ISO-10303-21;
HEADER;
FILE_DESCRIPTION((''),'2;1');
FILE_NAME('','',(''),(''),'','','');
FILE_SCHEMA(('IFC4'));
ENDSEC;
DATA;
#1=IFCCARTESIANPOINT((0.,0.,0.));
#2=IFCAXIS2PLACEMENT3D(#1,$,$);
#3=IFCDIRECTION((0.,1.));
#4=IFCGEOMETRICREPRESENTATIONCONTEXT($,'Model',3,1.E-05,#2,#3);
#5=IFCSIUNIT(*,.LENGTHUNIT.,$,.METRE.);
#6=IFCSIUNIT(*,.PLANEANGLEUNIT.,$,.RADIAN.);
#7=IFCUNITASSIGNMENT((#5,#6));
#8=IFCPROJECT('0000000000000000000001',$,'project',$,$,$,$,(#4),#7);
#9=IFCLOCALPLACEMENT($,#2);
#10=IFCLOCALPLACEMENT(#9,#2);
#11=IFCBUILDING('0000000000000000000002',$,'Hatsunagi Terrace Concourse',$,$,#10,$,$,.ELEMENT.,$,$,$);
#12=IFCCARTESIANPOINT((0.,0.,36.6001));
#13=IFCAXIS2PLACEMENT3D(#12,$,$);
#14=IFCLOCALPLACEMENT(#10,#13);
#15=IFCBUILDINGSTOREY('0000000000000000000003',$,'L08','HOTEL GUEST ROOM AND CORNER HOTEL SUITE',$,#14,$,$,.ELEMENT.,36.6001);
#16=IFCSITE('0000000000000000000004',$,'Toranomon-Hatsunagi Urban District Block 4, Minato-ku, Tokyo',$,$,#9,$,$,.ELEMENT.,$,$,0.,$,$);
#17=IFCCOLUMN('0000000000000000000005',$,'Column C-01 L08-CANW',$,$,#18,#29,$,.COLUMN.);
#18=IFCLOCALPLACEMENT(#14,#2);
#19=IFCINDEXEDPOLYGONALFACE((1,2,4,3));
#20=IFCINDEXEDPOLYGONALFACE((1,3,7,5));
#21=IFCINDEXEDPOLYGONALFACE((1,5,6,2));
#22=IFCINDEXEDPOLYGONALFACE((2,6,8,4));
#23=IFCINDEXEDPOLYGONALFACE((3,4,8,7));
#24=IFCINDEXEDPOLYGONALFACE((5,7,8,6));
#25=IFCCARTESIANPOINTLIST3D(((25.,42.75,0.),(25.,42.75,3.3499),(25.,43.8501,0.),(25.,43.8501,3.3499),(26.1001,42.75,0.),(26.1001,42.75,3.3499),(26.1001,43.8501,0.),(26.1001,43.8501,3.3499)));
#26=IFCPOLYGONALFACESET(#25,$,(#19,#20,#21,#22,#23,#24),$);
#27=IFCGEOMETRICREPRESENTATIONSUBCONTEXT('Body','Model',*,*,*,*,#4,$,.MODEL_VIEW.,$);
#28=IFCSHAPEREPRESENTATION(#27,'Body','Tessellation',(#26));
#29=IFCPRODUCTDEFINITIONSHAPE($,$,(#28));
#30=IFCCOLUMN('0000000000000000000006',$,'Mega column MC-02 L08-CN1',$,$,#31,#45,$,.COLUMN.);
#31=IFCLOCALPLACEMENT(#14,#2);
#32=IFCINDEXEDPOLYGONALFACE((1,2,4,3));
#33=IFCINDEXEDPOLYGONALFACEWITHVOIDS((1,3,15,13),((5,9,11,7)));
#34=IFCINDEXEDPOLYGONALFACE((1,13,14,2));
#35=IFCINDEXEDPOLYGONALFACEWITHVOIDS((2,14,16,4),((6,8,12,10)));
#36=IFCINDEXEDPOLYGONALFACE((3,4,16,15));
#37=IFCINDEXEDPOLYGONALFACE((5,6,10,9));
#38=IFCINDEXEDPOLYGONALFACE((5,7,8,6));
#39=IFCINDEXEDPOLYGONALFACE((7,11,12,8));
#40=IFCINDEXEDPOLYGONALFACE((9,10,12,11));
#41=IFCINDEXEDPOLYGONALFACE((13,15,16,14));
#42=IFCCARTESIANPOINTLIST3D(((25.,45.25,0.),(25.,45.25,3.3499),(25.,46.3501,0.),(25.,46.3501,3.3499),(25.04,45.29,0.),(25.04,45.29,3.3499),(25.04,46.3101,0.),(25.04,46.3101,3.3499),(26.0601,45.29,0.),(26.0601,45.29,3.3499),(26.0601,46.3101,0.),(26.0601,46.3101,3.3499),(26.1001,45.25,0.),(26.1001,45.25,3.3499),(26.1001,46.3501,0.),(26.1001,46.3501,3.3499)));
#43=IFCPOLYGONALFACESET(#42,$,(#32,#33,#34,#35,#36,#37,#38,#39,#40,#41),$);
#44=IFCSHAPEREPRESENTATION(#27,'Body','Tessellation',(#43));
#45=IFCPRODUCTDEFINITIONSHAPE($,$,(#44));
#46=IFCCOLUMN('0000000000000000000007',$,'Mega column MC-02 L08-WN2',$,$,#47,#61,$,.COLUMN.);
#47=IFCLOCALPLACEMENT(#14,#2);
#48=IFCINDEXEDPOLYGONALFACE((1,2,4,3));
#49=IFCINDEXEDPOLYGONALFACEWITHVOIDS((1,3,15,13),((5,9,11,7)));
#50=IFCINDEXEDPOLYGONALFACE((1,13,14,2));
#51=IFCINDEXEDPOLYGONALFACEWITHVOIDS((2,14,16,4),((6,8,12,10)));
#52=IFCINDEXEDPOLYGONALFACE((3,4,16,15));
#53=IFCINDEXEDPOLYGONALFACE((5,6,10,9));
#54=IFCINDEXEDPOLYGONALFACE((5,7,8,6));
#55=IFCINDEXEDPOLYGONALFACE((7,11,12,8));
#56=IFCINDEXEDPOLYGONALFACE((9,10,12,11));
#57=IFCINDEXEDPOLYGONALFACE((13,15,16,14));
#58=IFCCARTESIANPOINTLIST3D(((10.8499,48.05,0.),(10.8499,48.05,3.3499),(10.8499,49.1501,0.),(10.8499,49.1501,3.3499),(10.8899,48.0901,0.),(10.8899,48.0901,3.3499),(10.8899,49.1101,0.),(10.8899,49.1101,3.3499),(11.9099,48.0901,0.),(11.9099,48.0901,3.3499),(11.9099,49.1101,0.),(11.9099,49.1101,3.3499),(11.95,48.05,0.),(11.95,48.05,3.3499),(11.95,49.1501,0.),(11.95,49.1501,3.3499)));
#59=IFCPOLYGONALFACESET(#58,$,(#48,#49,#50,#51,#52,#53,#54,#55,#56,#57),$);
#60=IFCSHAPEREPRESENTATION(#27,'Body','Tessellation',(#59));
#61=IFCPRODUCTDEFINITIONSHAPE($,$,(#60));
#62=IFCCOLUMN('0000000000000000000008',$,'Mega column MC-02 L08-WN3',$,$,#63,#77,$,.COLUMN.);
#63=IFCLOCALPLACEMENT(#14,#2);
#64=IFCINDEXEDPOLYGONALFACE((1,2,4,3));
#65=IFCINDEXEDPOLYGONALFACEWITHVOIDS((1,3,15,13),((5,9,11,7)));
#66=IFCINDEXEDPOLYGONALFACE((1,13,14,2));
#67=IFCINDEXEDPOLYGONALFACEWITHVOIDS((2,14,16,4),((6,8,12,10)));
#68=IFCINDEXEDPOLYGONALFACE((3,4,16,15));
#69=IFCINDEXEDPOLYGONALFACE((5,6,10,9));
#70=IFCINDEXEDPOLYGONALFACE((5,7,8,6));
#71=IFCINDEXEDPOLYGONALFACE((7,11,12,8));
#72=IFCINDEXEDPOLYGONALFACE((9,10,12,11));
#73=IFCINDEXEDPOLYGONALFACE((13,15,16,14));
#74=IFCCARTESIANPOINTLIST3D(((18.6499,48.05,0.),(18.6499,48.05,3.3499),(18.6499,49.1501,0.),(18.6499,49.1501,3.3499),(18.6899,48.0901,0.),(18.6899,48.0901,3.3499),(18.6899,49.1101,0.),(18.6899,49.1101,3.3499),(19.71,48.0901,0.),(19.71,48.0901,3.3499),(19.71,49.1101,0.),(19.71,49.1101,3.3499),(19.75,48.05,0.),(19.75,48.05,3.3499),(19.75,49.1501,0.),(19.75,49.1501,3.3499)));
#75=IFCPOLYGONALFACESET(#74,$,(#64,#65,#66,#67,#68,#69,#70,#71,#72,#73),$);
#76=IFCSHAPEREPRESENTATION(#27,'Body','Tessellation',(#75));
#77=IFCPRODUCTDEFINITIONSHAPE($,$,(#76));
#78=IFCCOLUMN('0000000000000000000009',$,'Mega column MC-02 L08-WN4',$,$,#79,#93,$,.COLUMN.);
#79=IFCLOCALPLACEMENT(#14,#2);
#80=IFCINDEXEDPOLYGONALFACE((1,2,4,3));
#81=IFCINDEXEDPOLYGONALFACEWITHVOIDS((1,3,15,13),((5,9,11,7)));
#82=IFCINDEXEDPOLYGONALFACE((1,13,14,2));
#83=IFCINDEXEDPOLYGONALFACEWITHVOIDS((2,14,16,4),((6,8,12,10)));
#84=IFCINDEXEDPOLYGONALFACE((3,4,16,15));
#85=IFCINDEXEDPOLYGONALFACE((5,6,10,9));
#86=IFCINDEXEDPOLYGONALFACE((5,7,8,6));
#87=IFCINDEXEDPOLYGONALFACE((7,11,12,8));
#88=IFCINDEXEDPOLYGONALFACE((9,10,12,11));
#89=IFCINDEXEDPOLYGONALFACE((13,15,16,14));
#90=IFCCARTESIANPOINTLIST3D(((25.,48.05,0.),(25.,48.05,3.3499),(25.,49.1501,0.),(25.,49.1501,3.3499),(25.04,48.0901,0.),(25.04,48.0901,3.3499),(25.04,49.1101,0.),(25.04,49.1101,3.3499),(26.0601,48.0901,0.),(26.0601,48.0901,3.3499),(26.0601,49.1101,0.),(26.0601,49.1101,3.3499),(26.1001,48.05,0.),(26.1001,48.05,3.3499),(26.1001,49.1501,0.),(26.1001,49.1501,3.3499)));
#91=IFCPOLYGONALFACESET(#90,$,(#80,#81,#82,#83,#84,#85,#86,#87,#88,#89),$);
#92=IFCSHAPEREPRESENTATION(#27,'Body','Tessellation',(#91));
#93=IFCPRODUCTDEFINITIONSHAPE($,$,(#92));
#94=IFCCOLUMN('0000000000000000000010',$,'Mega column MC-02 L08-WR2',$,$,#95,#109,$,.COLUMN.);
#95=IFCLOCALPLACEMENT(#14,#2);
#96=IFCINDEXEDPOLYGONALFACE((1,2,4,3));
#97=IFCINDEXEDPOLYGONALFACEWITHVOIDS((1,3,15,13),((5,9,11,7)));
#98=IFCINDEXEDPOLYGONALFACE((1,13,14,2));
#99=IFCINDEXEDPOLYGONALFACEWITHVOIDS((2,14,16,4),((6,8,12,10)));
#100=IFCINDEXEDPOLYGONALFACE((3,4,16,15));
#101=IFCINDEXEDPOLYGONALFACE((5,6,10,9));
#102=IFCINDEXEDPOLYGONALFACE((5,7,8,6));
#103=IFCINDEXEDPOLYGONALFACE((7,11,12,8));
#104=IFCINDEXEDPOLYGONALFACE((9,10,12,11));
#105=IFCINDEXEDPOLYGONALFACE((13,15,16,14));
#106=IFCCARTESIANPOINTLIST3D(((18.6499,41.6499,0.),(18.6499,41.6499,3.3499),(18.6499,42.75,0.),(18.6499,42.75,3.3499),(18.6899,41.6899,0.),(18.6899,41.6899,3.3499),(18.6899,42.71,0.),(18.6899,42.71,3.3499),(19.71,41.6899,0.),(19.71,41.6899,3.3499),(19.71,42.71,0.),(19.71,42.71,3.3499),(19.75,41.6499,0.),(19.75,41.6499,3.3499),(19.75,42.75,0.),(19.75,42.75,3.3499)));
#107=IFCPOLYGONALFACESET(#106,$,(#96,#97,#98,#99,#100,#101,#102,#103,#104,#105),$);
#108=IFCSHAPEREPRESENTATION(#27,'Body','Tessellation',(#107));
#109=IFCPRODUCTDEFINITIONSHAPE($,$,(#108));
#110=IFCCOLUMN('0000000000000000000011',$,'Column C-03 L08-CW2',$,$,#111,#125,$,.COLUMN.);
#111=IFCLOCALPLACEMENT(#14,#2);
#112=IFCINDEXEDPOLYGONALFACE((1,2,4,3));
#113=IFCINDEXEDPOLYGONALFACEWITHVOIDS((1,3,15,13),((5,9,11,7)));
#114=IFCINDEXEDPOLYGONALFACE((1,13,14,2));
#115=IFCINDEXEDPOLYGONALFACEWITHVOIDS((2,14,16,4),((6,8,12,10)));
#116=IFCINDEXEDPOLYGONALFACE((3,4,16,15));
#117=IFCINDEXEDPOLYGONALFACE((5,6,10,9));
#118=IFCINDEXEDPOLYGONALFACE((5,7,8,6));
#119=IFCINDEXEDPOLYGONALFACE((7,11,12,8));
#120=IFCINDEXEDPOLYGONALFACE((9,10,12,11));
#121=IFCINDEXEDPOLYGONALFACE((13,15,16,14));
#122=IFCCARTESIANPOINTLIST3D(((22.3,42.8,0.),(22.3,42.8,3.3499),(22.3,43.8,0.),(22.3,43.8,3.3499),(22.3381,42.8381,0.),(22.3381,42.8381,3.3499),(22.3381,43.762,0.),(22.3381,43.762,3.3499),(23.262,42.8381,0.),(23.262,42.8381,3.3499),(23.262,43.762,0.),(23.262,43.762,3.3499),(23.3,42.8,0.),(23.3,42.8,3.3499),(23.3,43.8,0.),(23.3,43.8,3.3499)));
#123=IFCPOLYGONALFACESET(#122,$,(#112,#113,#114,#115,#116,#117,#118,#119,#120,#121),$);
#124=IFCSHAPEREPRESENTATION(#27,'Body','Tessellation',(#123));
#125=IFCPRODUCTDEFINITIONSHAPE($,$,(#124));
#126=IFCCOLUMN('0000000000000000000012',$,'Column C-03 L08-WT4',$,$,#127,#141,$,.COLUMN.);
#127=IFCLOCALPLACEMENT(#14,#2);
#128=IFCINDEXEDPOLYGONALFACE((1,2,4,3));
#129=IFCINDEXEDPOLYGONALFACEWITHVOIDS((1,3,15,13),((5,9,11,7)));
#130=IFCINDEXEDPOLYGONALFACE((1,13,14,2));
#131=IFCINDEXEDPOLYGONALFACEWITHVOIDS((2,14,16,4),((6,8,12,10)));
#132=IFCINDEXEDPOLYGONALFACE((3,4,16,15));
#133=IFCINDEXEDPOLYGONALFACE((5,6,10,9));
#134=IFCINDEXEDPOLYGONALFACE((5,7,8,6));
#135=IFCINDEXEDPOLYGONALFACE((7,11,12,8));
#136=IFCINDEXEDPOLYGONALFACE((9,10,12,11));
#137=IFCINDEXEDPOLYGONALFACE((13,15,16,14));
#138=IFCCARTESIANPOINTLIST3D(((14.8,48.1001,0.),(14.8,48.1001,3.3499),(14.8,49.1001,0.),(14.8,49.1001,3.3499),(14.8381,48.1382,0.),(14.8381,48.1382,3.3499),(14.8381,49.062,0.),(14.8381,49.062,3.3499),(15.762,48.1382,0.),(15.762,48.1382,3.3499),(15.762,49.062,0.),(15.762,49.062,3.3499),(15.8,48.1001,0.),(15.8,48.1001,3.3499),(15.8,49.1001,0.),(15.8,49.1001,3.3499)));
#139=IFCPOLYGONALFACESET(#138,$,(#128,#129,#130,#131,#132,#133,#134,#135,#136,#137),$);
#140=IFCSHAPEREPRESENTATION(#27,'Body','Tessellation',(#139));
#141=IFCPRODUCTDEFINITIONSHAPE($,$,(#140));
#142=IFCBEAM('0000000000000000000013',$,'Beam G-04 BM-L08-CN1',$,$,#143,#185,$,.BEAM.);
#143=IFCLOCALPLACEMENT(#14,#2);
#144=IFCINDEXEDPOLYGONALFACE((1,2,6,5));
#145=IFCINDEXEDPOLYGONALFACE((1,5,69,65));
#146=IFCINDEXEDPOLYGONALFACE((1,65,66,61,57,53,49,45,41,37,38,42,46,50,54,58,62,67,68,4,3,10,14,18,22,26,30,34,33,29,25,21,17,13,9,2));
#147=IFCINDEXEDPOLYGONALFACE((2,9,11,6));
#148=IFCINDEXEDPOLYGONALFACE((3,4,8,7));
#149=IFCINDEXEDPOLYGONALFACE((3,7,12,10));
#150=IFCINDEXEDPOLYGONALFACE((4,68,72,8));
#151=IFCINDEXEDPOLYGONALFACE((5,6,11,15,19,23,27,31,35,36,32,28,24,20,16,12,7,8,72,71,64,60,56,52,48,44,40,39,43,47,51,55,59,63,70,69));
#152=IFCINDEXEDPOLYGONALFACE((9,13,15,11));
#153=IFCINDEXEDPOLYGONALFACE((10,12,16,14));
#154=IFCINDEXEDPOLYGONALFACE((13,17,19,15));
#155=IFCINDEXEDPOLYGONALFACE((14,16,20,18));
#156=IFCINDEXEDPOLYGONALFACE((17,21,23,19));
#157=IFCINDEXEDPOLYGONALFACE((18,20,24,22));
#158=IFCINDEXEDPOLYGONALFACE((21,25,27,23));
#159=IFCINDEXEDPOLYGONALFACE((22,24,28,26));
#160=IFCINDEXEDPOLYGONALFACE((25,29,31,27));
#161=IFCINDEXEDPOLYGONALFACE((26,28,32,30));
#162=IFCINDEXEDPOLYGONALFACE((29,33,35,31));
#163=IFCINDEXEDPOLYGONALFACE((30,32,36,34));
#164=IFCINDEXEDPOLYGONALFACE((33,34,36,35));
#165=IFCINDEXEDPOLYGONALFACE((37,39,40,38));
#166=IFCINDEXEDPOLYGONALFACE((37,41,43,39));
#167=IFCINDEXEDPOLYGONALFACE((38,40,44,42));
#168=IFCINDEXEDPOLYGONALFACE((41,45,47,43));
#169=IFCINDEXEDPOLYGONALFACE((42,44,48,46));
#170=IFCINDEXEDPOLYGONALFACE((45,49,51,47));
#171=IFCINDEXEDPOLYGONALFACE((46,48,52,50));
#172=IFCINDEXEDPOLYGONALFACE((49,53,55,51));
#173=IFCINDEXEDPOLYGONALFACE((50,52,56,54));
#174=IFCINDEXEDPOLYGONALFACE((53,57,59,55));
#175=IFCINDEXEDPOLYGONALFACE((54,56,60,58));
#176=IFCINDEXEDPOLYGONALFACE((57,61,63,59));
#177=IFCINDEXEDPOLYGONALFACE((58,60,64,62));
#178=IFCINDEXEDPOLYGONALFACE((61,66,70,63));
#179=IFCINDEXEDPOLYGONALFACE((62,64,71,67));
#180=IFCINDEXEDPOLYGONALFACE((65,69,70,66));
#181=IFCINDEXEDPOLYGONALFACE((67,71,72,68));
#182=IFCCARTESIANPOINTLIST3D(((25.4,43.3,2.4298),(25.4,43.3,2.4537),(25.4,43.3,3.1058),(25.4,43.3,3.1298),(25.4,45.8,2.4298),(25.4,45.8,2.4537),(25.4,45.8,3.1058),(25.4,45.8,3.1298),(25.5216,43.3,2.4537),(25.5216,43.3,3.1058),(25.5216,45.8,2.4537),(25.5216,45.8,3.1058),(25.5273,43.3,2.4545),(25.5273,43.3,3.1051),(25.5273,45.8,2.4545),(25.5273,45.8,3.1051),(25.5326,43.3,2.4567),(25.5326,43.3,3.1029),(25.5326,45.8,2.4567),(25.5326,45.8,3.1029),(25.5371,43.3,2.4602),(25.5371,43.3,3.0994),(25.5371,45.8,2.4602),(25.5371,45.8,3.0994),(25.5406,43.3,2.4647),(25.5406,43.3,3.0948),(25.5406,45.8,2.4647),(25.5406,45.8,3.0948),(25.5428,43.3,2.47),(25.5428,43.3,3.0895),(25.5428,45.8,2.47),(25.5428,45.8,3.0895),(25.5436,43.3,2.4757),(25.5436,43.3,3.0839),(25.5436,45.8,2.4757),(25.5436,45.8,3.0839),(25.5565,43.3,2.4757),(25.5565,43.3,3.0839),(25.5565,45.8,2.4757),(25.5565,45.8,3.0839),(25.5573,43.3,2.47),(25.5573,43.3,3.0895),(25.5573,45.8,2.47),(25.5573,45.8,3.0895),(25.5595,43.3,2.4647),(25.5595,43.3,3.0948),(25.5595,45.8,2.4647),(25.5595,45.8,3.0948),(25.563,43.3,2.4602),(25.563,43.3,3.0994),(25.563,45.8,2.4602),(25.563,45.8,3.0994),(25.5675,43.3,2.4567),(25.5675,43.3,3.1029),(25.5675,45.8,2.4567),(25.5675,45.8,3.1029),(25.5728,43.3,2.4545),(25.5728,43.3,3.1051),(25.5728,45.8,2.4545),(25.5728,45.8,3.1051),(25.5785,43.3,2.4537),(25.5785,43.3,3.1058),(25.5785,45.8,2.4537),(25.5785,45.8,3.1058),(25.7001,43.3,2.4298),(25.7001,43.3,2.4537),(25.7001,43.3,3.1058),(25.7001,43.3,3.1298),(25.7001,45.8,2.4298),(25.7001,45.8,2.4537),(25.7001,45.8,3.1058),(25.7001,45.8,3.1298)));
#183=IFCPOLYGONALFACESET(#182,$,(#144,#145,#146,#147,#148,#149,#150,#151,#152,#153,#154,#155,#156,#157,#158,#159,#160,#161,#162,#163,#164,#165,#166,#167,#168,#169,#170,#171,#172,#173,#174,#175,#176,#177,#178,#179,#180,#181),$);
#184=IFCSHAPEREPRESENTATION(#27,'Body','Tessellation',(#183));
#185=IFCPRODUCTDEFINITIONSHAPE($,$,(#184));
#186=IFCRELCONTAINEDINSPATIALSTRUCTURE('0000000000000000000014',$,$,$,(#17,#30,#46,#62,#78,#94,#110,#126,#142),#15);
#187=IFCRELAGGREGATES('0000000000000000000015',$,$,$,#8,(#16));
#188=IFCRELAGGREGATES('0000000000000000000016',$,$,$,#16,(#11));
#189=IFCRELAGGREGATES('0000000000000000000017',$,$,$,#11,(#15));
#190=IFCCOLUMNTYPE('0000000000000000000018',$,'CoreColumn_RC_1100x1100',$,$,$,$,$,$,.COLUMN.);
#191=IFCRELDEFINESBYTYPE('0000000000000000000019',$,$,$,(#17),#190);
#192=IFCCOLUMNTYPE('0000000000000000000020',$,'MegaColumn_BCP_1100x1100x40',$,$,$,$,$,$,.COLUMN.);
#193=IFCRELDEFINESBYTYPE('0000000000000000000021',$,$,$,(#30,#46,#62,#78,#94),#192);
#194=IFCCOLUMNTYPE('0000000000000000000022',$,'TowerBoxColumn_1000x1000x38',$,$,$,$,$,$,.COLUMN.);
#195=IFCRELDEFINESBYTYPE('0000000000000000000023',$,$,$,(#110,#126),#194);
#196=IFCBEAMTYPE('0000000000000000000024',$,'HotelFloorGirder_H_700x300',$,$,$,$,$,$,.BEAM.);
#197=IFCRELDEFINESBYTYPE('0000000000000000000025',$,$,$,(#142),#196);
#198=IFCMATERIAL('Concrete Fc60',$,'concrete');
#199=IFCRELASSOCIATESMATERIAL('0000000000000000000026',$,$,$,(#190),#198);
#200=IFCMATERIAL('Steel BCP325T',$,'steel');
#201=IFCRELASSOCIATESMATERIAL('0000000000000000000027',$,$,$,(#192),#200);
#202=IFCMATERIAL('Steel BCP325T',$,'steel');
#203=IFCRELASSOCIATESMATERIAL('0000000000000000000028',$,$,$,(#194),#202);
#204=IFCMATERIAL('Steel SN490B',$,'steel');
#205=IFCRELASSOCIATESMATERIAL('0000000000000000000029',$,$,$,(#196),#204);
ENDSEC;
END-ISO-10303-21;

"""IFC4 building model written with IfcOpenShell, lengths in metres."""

from ifc_helpers import new_model, si_unit, direction, frame, origin, origin_2d, place, context, subcontext, project, spatial, rectangle, hollow_rectangle, i_section, extrude, material, material_profile, profile_set, type_object, element, save


model = new_model("IFC4")

# Units and contexts
model_context = context("Model", 3, precision=1e-05, world=origin(), true_north=direction((0.0, 1.0)))
body_context = subcontext(model_context, "Body", "Model", "MODEL_VIEW")
ifc_project = project(units=[si_unit("LENGTHUNIT", "METRE"), si_unit("PLANEANGLEUNIT", "RADIAN")], contexts=[model_context])

# Site, building, storey
site_placement = place(None, origin())
site = spatial("IfcSite", under=ifc_project, at=site_placement, Name="Toranomon-Hatsunagi Urban District Block 4, Minato-ku, Tokyo", CompositionType="ELEMENT", RefElevation=0.0)
building_placement = place(site_placement, origin())
building = spatial("IfcBuilding", under=site, at=building_placement, Name="Hatsunagi Terrace Concourse", CompositionType="ELEMENT")
storey_placement = place(building_placement, frame((0.0, 0.0, 36.6001)))
storey = spatial("IfcBuildingStorey", under=building, at=storey_placement, Name="L08", Description="HOTEL GUEST ROOM AND CORNER HOTEL SUITE", CompositionType="ELEMENT", Elevation=36.6001)

# Columns
ifc_material_1 = material(Name="Concrete Fc60", Category="concrete")
ifc_material_profile_1 = material_profile(ifc_material_1, rectangle(XDim=1.1001, YDim=1.1001, at=origin_2d()), Name="RC-1100x1100")
ifc_profile_set_1 = profile_set([ifc_material_profile_1], Name="Concrete Fc60")
column_type_1 = type_object("IfcColumnType", Name="CoreColumn_RC_1100x1100", PredefinedType="COLUMN", material=ifc_profile_set_1)
column_placement = place(storey_placement, frame((25.55, 43.3, 0.0), z_axis=(0.0, 0.0, 1.0), x_axis=(1.0, 0.0, 0.0)))
element("IfcColumn", 1, at=column_placement, inside=storey, type_object=column_type_1, Name="Column C-01 L08-CANW", PredefinedType="COLUMN", context=body_context, shape_type="SweptSolid", body=[
    extrude(rectangle(XDim=1.1001, YDim=1.1001, at=origin_2d()), origin(), (0.0, 0.0, 1.0), 3.3499),
])
ifc_material_2 = material(Name="Steel BCP325T", Category="steel")
ifc_material_profile_2 = material_profile(ifc_material_2, hollow_rectangle(XDim=1.1001, YDim=1.1001, WallThickness=0.04, at=origin_2d()), Name="BCP-1100x1100x40")
ifc_profile_set_2 = profile_set([ifc_material_profile_2], Name="Steel BCP325T")
column_type_2 = type_object("IfcColumnType", Name="MegaColumn_BCP_1100x1100x40", PredefinedType="COLUMN", material=ifc_profile_set_2)
for number, where, z_axis, x_axis, name in (
    (2, (25.55, 45.8, 0.0), (0.0, 0.0, 1.0), (1.0, 0.0, 0.0), "Mega column MC-02 L08-CN1"),
    (3, (11.3999, 48.6001, 0.0), (0.0, 0.0, 1.0), (1.0, 0.0, 0.0), "Mega column MC-02 L08-WN2"),
    (4, (19.2, 48.6001, 0.0), (0.0, 0.0, 1.0), (1.0, 0.0, 0.0), "Mega column MC-02 L08-WN3"),
    (5, (25.55, 48.6001, 0.0), (0.0, 0.0, 1.0), (1.0, 0.0, 0.0), "Mega column MC-02 L08-WN4"),
    (6, (19.2, 42.2, 0.0), (0.0, 0.0, 1.0), (1.0, 0.0, 0.0), "Mega column MC-02 L08-WR2"),
):
    element("IfcColumn", number, at=place(storey_placement, frame(where, z_axis=z_axis, x_axis=x_axis)), inside=storey, type_object=column_type_2, Name=name, PredefinedType="COLUMN", context=body_context, shape_type="SweptSolid", body=[
        extrude(hollow_rectangle(XDim=1.1001, YDim=1.1001, WallThickness=0.04, at=origin_2d()), origin(), (0.0, 0.0, 1.0), 3.3499),
    ])
ifc_material_3 = material(Name="Steel BCP325T", Category="steel")
ifc_material_profile_3 = material_profile(ifc_material_3, hollow_rectangle(XDim=1.0, YDim=1.0, WallThickness=0.0381, at=origin_2d()), Name="BCP-1000x1000x38")
ifc_profile_set_3 = profile_set([ifc_material_profile_3], Name="Steel BCP325T")
column_type_3 = type_object("IfcColumnType", Name="TowerBoxColumn_1000x1000x38", PredefinedType="COLUMN", material=ifc_profile_set_3)
for number, where, z_axis, x_axis, name in (
    (7, (22.8, 43.3, 0.0), (0.0, 0.0, 1.0), (1.0, 0.0, 0.0), "Column C-03 L08-CW2"),
    (8, (15.3, 48.6001, 0.0), (0.0, 0.0, 1.0), (1.0, 0.0, 0.0), "Column C-03 L08-WT4"),
):
    element("IfcColumn", number, at=place(storey_placement, frame(where, z_axis=z_axis, x_axis=x_axis)), inside=storey, type_object=column_type_3, Name=name, PredefinedType="COLUMN", context=body_context, shape_type="SweptSolid", body=[
        extrude(hollow_rectangle(XDim=1.0, YDim=1.0, WallThickness=0.0381, at=origin_2d()), origin(), (0.0, 0.0, 1.0), 3.3499),
    ])

# Beam
ifc_material_4 = material(Name="Steel SN490B", Category="steel")
ifc_material_profile_4 = material_profile(ifc_material_4, i_section(OverallWidth=0.3, OverallDepth=0.7, WebThickness=0.0129, FlangeThickness=0.0239, FilletRadius=0.022, at=origin_2d()), Name="H-700x300x13x24")
ifc_profile_set_4 = profile_set([ifc_material_profile_4], Name="Steel SN490B")
beam_type_1 = type_object("IfcBeamType", Name="HotelFloorGirder_H_700x300", PredefinedType="BEAM", material=ifc_profile_set_4)
beam_1_placement = place(storey_placement, frame((25.55, 43.3, 2.7798), z_axis=(0.0, 1.0, 0.0), x_axis=(-1.0, 0.0, 0.0)))
element("IfcBeam", 9, at=beam_1_placement, inside=storey, type_object=beam_type_1, Name="Beam G-04 BM-L08-CN1", PredefinedType="BEAM", context=body_context, shape_type="SweptSolid", body=[
    extrude(i_section(OverallWidth=0.3, OverallDepth=0.7, WebThickness=0.0129, FlangeThickness=0.0239, FilletRadius=0.022, at=origin_2d()), origin(), (0.0, 0.0, 1.0), 2.5),
])

save(model, "model.ifc")
